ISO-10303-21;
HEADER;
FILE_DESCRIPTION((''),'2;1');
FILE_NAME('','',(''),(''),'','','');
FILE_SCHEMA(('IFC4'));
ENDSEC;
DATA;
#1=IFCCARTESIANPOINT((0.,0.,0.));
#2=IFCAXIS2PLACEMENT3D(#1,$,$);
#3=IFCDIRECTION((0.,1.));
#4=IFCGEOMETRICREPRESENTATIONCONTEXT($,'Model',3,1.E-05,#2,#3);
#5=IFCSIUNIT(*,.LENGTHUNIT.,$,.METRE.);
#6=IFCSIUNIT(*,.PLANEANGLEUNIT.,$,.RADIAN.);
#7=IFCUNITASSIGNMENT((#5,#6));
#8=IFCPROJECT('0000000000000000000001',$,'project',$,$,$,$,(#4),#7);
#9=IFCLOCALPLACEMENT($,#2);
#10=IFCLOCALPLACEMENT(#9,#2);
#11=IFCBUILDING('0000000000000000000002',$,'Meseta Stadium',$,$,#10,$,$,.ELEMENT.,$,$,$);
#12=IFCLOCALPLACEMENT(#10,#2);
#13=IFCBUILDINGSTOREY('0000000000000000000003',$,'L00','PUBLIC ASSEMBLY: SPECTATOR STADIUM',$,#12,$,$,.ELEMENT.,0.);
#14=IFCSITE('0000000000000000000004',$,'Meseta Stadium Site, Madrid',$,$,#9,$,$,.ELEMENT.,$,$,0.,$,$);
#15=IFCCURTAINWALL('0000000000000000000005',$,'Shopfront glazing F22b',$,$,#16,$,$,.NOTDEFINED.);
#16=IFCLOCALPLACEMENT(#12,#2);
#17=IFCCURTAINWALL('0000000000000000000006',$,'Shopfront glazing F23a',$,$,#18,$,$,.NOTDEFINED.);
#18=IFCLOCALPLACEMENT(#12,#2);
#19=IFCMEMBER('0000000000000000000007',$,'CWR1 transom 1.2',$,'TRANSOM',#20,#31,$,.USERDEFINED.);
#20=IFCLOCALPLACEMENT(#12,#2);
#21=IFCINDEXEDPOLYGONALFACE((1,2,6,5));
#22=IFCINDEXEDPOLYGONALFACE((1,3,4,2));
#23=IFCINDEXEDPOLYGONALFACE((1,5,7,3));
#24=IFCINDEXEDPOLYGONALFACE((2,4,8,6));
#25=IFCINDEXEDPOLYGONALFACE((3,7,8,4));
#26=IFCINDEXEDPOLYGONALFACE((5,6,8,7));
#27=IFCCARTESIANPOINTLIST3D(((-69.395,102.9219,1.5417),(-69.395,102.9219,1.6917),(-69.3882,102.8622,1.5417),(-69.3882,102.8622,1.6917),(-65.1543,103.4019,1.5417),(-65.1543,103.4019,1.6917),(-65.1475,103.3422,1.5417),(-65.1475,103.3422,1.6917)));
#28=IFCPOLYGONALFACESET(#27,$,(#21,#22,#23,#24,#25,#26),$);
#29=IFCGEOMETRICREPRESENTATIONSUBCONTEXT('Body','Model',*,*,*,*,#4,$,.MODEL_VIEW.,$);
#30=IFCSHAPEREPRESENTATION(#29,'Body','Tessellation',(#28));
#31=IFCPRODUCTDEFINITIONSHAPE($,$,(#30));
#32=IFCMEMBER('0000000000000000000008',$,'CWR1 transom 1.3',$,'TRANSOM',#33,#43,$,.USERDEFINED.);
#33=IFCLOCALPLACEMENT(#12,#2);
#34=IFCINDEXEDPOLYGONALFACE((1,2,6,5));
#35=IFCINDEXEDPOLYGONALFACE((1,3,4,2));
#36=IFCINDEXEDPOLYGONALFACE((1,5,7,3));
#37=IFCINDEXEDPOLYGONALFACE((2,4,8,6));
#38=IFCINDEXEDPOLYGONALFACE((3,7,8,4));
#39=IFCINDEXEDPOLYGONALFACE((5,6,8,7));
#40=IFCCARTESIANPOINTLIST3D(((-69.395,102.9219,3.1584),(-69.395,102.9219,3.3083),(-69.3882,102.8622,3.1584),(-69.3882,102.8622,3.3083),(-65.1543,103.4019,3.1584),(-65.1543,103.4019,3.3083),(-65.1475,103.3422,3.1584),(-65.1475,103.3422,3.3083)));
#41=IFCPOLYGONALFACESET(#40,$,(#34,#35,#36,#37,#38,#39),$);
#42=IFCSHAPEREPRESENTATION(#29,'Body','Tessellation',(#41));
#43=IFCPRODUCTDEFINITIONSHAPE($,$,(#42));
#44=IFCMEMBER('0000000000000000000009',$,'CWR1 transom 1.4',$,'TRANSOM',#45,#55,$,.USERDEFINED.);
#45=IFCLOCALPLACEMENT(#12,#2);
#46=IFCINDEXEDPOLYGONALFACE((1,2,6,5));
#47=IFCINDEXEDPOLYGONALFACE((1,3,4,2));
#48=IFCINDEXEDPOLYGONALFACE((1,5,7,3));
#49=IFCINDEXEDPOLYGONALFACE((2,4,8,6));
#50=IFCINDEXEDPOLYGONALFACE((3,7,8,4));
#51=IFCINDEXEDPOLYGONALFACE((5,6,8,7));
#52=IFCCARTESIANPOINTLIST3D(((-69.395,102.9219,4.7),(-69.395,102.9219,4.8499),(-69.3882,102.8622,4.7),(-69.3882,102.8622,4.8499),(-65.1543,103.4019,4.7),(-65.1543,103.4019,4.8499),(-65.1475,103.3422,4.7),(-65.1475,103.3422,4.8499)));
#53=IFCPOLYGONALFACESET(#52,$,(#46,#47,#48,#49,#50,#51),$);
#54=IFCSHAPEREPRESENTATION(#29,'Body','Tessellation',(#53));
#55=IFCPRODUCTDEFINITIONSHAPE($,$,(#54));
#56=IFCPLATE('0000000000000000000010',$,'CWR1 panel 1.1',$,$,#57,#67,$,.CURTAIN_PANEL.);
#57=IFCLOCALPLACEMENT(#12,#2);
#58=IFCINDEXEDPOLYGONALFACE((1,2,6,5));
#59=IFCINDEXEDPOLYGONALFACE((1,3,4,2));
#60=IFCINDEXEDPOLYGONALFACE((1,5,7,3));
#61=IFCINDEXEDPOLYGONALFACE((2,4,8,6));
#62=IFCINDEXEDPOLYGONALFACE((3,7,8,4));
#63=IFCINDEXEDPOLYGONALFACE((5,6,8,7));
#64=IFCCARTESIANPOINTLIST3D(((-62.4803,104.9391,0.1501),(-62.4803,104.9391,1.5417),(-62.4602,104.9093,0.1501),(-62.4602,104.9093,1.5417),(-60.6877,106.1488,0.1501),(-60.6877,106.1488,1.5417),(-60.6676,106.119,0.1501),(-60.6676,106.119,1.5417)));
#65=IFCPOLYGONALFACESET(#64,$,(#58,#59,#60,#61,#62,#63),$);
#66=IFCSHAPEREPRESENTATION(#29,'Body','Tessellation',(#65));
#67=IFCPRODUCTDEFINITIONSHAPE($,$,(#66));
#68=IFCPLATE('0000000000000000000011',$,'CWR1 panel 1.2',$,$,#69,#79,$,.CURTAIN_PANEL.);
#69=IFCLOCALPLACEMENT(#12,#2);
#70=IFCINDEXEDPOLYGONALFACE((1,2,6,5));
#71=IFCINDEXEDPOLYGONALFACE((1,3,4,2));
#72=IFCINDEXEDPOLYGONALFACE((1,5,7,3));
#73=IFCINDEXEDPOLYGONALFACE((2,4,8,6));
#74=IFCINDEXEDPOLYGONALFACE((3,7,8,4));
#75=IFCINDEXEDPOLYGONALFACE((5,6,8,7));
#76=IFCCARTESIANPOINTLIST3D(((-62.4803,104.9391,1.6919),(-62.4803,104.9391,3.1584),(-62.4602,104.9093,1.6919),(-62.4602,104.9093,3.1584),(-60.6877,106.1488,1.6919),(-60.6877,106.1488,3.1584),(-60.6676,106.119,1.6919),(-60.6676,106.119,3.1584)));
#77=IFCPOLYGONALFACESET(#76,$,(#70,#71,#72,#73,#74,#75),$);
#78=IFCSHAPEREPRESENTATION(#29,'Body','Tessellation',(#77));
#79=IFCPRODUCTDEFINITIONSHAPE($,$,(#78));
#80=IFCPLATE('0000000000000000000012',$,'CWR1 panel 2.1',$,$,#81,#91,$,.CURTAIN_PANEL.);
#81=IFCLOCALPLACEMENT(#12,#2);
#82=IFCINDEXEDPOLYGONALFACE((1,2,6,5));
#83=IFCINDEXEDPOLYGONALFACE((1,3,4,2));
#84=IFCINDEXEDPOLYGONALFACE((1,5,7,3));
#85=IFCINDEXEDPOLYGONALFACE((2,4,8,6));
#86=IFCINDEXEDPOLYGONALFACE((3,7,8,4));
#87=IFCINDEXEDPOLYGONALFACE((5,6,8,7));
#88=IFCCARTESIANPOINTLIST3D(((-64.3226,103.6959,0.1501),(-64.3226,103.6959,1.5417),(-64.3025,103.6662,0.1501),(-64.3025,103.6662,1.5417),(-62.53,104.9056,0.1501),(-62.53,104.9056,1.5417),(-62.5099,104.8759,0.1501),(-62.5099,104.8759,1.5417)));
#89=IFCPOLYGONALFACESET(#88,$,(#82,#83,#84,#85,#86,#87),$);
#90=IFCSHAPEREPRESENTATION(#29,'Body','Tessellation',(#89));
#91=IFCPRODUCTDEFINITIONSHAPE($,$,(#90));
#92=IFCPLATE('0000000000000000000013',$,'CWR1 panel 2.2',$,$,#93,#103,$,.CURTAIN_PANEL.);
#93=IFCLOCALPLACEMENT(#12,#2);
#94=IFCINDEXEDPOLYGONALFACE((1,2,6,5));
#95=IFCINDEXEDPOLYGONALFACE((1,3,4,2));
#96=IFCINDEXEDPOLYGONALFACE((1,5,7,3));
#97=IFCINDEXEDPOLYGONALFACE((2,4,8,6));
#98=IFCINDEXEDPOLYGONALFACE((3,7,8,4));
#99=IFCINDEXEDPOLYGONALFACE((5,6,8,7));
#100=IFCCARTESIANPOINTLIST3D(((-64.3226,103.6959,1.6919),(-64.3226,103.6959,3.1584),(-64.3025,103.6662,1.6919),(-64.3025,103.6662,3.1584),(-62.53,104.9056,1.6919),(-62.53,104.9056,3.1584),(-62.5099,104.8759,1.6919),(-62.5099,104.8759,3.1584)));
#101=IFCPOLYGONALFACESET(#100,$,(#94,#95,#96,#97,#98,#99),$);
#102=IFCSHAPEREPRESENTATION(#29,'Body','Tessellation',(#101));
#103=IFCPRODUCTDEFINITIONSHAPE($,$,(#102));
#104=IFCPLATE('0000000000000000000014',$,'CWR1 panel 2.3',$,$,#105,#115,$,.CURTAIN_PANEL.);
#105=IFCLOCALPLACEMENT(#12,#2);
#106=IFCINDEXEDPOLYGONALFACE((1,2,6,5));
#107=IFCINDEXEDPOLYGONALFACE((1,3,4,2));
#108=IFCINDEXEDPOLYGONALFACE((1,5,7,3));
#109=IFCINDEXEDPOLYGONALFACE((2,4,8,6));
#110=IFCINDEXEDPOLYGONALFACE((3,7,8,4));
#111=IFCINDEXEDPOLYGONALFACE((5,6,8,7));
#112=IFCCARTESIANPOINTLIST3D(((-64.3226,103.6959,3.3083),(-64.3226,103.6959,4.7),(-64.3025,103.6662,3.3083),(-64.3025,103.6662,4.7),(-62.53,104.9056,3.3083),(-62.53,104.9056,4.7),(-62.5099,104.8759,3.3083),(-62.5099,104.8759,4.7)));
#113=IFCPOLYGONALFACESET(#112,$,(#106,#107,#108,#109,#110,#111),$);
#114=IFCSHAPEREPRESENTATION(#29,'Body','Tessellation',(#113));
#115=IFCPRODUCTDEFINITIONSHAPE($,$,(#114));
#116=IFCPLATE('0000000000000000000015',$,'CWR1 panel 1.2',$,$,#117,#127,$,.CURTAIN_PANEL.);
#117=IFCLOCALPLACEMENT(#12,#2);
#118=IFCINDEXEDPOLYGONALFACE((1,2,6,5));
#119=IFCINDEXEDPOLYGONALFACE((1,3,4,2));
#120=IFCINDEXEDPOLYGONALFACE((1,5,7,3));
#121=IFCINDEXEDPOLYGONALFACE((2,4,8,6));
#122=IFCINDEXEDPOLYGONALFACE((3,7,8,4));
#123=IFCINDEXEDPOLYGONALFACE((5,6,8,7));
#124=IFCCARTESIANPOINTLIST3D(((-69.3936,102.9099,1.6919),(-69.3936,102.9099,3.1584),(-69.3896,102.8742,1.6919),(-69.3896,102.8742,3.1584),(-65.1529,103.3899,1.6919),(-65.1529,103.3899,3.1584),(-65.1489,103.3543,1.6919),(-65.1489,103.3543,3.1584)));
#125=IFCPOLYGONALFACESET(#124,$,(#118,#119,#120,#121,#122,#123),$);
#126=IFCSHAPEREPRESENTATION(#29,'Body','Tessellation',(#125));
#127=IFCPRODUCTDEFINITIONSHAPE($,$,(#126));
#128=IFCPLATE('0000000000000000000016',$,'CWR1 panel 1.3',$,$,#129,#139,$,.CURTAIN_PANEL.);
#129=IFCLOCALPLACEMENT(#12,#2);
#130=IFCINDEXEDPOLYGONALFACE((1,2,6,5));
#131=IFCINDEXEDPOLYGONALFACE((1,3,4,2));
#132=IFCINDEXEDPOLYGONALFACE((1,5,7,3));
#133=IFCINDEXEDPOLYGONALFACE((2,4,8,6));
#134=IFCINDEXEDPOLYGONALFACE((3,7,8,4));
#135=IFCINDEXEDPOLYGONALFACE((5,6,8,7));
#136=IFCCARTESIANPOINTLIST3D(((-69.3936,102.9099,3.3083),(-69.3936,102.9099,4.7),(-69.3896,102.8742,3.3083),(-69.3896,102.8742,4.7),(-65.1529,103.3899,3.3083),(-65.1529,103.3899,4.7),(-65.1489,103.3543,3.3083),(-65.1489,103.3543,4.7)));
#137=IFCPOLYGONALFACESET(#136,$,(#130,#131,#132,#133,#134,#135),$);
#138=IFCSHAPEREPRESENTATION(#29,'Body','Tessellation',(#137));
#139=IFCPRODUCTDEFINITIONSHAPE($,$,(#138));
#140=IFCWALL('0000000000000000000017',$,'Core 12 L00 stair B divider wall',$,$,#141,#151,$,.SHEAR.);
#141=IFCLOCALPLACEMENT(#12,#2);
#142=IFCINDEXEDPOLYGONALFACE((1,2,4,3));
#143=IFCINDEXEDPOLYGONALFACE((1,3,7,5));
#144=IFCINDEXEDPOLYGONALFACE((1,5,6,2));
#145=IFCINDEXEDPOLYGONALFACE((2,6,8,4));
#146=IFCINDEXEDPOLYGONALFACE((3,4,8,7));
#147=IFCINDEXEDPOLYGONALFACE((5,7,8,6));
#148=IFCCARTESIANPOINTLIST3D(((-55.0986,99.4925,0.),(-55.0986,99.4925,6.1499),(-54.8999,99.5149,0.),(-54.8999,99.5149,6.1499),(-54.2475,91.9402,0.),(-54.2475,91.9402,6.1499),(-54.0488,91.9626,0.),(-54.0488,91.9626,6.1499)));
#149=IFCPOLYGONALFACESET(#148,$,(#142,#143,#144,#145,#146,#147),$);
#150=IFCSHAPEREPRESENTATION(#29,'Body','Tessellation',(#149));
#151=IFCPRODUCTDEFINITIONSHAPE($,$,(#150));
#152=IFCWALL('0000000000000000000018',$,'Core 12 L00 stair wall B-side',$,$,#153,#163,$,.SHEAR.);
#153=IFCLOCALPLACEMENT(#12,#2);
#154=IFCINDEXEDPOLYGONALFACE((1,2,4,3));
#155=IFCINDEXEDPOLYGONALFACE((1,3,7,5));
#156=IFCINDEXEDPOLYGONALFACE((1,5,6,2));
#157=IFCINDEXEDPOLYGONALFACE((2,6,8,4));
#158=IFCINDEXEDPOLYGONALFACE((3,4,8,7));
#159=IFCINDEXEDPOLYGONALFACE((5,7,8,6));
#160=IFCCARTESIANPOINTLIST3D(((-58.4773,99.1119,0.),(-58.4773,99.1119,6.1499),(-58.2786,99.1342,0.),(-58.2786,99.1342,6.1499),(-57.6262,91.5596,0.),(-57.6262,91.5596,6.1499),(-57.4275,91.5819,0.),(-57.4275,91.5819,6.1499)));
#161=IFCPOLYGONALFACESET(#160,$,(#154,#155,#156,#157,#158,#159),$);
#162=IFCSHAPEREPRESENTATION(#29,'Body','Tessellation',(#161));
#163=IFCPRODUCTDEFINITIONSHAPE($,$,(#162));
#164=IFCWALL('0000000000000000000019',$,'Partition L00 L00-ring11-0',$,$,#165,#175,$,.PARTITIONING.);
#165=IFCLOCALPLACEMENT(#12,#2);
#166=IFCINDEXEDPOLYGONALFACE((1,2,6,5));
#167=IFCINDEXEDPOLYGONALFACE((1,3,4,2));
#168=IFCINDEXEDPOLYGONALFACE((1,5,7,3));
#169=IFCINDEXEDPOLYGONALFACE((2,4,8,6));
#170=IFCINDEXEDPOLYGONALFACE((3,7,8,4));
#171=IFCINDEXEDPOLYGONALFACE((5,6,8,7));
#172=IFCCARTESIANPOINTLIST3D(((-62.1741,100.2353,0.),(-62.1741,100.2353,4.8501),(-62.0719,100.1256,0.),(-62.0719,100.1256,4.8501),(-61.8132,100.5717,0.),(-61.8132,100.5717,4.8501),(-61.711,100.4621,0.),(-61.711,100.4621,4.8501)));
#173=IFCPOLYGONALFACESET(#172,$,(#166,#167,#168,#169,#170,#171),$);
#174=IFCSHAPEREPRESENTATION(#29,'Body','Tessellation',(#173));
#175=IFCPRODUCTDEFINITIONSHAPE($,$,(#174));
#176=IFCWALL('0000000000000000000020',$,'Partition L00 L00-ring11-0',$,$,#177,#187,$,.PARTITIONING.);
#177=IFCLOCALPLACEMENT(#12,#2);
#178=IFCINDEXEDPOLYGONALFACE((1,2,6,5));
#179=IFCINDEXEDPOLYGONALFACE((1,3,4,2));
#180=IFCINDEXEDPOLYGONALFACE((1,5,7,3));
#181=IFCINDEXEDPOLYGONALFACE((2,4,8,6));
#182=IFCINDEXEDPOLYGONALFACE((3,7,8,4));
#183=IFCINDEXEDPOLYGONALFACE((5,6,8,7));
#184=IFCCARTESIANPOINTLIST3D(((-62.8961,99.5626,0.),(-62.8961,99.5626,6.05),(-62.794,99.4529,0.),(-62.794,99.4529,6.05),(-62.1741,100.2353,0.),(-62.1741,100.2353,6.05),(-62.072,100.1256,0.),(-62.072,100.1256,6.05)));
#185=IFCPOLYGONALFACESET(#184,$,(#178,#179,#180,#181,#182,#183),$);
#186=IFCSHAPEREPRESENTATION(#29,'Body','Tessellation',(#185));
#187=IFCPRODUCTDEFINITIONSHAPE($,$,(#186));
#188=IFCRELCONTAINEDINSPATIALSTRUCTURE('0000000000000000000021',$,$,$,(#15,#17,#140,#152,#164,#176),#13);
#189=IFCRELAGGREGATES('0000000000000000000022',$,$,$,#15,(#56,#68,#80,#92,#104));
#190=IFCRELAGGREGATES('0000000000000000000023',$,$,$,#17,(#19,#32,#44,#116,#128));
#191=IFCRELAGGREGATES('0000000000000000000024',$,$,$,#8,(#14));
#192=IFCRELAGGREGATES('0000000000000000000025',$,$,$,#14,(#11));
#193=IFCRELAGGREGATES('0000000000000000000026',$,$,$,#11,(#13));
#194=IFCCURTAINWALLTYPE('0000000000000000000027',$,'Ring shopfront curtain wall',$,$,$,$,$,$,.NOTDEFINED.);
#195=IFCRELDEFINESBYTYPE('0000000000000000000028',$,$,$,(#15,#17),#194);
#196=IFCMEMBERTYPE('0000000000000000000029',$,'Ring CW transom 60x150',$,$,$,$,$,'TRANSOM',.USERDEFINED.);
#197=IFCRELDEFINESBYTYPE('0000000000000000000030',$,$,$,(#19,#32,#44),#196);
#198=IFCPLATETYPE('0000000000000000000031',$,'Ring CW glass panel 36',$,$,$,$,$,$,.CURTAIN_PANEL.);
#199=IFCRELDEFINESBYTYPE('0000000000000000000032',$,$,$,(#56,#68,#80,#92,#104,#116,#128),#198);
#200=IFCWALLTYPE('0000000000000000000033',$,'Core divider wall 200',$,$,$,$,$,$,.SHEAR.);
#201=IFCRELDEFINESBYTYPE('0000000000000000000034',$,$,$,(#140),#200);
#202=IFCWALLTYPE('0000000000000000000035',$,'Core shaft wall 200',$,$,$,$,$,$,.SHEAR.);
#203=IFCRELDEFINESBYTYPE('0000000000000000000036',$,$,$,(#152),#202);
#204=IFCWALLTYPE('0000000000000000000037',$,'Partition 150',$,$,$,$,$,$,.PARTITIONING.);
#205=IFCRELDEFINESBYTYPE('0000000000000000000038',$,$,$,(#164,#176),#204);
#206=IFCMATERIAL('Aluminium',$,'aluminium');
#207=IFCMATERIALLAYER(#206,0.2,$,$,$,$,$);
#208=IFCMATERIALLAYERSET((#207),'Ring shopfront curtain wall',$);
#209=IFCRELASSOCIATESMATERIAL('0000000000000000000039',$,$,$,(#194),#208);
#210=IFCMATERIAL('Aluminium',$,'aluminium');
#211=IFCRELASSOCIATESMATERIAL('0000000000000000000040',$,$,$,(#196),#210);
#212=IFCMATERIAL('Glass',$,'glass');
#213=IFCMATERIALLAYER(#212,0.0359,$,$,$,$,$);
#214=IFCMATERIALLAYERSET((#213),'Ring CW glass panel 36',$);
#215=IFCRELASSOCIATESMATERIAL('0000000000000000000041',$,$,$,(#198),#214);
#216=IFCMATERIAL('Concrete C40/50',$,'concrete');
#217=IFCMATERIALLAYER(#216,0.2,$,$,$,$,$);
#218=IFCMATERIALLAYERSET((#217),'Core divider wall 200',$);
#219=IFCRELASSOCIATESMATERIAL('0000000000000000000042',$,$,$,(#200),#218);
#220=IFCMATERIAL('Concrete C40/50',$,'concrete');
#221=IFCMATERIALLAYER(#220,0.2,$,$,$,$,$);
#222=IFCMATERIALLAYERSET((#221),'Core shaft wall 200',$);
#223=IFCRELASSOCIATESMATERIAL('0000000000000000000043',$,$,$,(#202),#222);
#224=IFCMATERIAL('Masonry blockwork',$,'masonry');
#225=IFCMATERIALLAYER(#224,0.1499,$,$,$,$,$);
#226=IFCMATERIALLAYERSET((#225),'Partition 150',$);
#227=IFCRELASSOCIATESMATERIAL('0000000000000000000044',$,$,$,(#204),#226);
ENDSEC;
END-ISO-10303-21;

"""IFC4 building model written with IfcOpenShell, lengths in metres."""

from ifc_helpers import new_model, si_unit, direction, frame, frame_2d, origin, origin_2d, place, context, subcontext, project, spatial, rectangle, extrude, material, layer, layer_set, material_profile, profile_set, type_object, element, aggregate, save


model = new_model("IFC4")

# Units and contexts
model_context = context("Model", 3, precision=1e-05, world=origin(), true_north=direction((0.0, 1.0)))
body_context = subcontext(model_context, "Body", "Model", "MODEL_VIEW")
ifc_project = project(units=[si_unit("LENGTHUNIT", "METRE"), si_unit("PLANEANGLEUNIT", "RADIAN")], contexts=[model_context])

# Site, building, storey
site_placement = place(None, origin())
site = spatial("IfcSite", under=ifc_project, at=site_placement, Name="Meseta Stadium Site, Madrid", CompositionType="ELEMENT", RefElevation=0.0)
building_placement = place(site_placement, origin())
building = spatial("IfcBuilding", under=site, at=building_placement, Name="Meseta Stadium", CompositionType="ELEMENT")
storey_placement = place(building_placement, origin())
storey = spatial("IfcBuildingStorey", under=building, at=storey_placement, Name="L00", Description="PUBLIC ASSEMBLY: SPECTATOR STADIUM", CompositionType="ELEMENT", Elevation=0.0)

# Curtain wall
ifc_material_1 = material(Name="Aluminium", Category="aluminium")
ifc_layer_1 = layer(ifc_material_1, 0.2)
ifc_layer_set_1 = layer_set([ifc_layer_1], Name="Ring shopfront curtain wall")
curtain_wall_type = type_object("IfcCurtainWallType", Name="Ring shopfront curtain wall", PredefinedType="NOTDEFINED", material=ifc_layer_set_1)
curtain_wall_1_placement = place(storey_placement, origin())
curtain_wall_1 = element("IfcCurtainWall", 1, at=curtain_wall_1_placement, inside=storey, type_object=curtain_wall_type, Name="Shopfront glazing F22b", PredefinedType="NOTDEFINED")

# Curtain wall
curtain_wall_2_placement = place(storey_placement, origin())
curtain_wall_2 = element("IfcCurtainWall", 2, at=curtain_wall_2_placement, inside=storey, type_object=curtain_wall_type, Name="Shopfront glazing F23a", PredefinedType="NOTDEFINED")

# Members
ifc_material_2 = material(Name="Aluminium", Category="aluminium")
ifc_material_profile_1 = material_profile(ifc_material_2, rectangle(XDim=0.0601, YDim=0.1499, at=origin_2d()), Name="CW 60x150")
ifc_profile_set_1 = profile_set([ifc_material_profile_1], Name="Aluminium")
member_type_1 = type_object("IfcMemberType", Name="Ring CW transom 60x150", ElementType="TRANSOM", PredefinedType="USERDEFINED", material=ifc_profile_set_1)
member_1_placement = place(storey_placement, frame((-65.1509, 103.3721, 1.6167), z_axis=(-0.993656, -0.112466, 0.0), x_axis=(0.112466, -0.993656, 0.0)))
member_1 = element("IfcMember", 3, at=member_1_placement, type_object=member_type_1, Name="CWR1 transom 1.2", ObjectType="TRANSOM", PredefinedType="USERDEFINED", context=body_context, shape_type="SweptSolid", body=[
    extrude(rectangle(XDim=0.0601, YDim=0.1499, at=origin_2d()), origin(), (0.0, 0.0, 1.0), 4.2678),
])
member_2_placement = place(storey_placement, frame((-65.1509, 103.3721, 3.2334), z_axis=(-0.993656, -0.112466, 0.0), x_axis=(0.112466, -0.993656, 0.0)))
member_2 = element("IfcMember", 4, at=member_2_placement, type_object=member_type_1, Name="CWR1 transom 1.3", ObjectType="TRANSOM", PredefinedType="USERDEFINED", context=body_context, shape_type="SweptSolid", body=[
    extrude(rectangle(XDim=0.0601, YDim=0.1499, at=origin_2d()), origin(), (0.0, 0.0, 1.0), 4.2678),
])
member_3_placement = place(storey_placement, frame((-65.1509, 103.3721, 4.7749), z_axis=(-0.993656, -0.112466, 0.0), x_axis=(0.112466, -0.993656, 0.0)))
member_3 = element("IfcMember", 5, at=member_3_placement, type_object=member_type_1, Name="CWR1 transom 1.4", ObjectType="TRANSOM", PredefinedType="USERDEFINED", context=body_context, shape_type="SweptSolid", body=[
    extrude(rectangle(XDim=0.0601, YDim=0.1499, at=origin_2d()), origin(), (0.0, 0.0, 1.0), 4.2678),
])

# Plates
ifc_material_3 = material(Name="Glass", Category="glass")
ifc_layer_2 = layer(ifc_material_3, 0.0359)
ifc_layer_set_2 = layer_set([ifc_layer_2], Name="Ring CW glass panel 36")
plate_type = type_object("IfcPlateType", Name="Ring CW glass panel 36", PredefinedType="CURTAIN_PANEL", material=ifc_layer_set_2)
plate_1_placement = place(storey_placement, frame((-61.574, 105.5291, 0.1501), z_axis=(0.0, 0.0, 1.0), x_axis=(-0.828909, -0.559384, 0.0)))
plate_1 = element("IfcPlate", 6, at=plate_1_placement, type_object=plate_type, Name="CWR1 panel 1.1", PredefinedType="CURTAIN_PANEL", context=body_context, shape_type="SweptSolid", body=[
    extrude(rectangle(XDim=2.1626, YDim=0.0359, at=origin_2d()), origin(), (0.0, 0.0, 1.0), 1.3916),
])
plate_2_placement = place(storey_placement, frame((-61.574, 105.5291, 1.6919), z_axis=(0.0, 0.0, 1.0), x_axis=(-0.828909, -0.559384, 0.0)))
plate_2 = element("IfcPlate", 7, at=plate_2_placement, type_object=plate_type, Name="CWR1 panel 1.2", PredefinedType="CURTAIN_PANEL", context=body_context, shape_type="SweptSolid", body=[
    extrude(rectangle(XDim=2.1626, YDim=0.0359, at=origin_2d()), origin(), (0.0, 0.0, 1.0), 1.4666),
])
plate_3_placement = place(storey_placement, frame((-63.4163, 104.2859, 0.1501), z_axis=(0.0, 0.0, 1.0), x_axis=(-0.828909, -0.559384, 0.0)))
plate_3 = element("IfcPlate", 8, at=plate_3_placement, type_object=plate_type, Name="CWR1 panel 2.1", PredefinedType="CURTAIN_PANEL", context=body_context, shape_type="SweptSolid", body=[
    extrude(rectangle(XDim=2.1626, YDim=0.0359, at=origin_2d()), origin(), (0.0, 0.0, 1.0), 1.3916),
])
plate_4_placement = place(storey_placement, frame((-63.4163, 104.2859, 1.6919), z_axis=(0.0, 0.0, 1.0), x_axis=(-0.828909, -0.559384, 0.0)))
plate_4 = element("IfcPlate", 9, at=plate_4_placement, type_object=plate_type, Name="CWR1 panel 2.2", PredefinedType="CURTAIN_PANEL", context=body_context, shape_type="SweptSolid", body=[
    extrude(rectangle(XDim=2.1626, YDim=0.0359, at=origin_2d()), origin(), (0.0, 0.0, 1.0), 1.4666),
])
plate_5_placement = place(storey_placement, frame((-63.4163, 104.2859, 3.3083), z_axis=(0.0, 0.0, 1.0), x_axis=(-0.828909, -0.559384, 0.0)))
plate_5 = element("IfcPlate", 10, at=plate_5_placement, type_object=plate_type, Name="CWR1 panel 2.3", PredefinedType="CURTAIN_PANEL", context=body_context, shape_type="SweptSolid", body=[
    extrude(rectangle(XDim=2.1626, YDim=0.0359, at=origin_2d()), origin(), (0.0, 0.0, 1.0), 1.3916),
])
aggregate(curtain_wall_1, [plate_1, plate_2, plate_3, plate_4, plate_5])
plate_6_placement = place(storey_placement, frame((-67.2712, 103.1321, 1.6919), z_axis=(0.0, 0.0, 1.0), x_axis=(-0.993655, -0.112472, 0.0)))
plate_6 = element("IfcPlate", 11, at=plate_6_placement, type_object=plate_type, Name="CWR1 panel 1.2", PredefinedType="CURTAIN_PANEL", context=body_context, shape_type="SweptSolid", body=[
    extrude(rectangle(XDim=4.2678, YDim=0.0359, at=origin_2d()), origin(), (0.0, 0.0, 1.0), 1.4666),
])
plate_7_placement = place(storey_placement, frame((-67.2712, 103.1321, 3.3083), z_axis=(0.0, 0.0, 1.0), x_axis=(-0.993655, -0.112472, 0.0)))
plate_7 = element("IfcPlate", 12, at=plate_7_placement, type_object=plate_type, Name="CWR1 panel 1.3", PredefinedType="CURTAIN_PANEL", context=body_context, shape_type="SweptSolid", body=[
    extrude(rectangle(XDim=4.2678, YDim=0.0359, at=origin_2d()), origin(), (0.0, 0.0, 1.0), 1.3916),
])
aggregate(curtain_wall_2, [member_1, member_2, member_3, plate_6, plate_7])

# Walls
ifc_material_4 = material(Name="Concrete C40/50", Category="concrete")
ifc_layer_3 = layer(ifc_material_4, 0.2)
ifc_layer_set_3 = layer_set([ifc_layer_3], Name="Core divider wall 200")
wall_type_1 = type_object("IfcWallType", Name="Core divider wall 200", PredefinedType="SHEAR", material=ifc_layer_set_3)
wall_1_placement = place(storey_placement, frame((-54.9993, 99.5037, 0.0), z_axis=(0.0, 0.0, 1.0), x_axis=(0.111983, -0.99371, 0.0)))
element("IfcWall", 13, at=wall_1_placement, inside=storey, type_object=wall_type_1, Name="Core 12 L00 stair B divider wall", PredefinedType="SHEAR", context=body_context, shape_type="SweptSolid", body=[
    extrude(rectangle(XDim=7.6001, YDim=0.2, at=frame_2d((3.8, 0.0))), origin(), (0.0, 0.0, 1.0), 6.1499),
])
ifc_material_5 = material(Name="Concrete C40/50", Category="concrete")
ifc_layer_4 = layer(ifc_material_5, 0.2)
ifc_layer_set_4 = layer_set([ifc_layer_4], Name="Core shaft wall 200")
wall_type_2 = type_object("IfcWallType", Name="Core shaft wall 200", PredefinedType="SHEAR", material=ifc_layer_set_4)
wall_2_placement = place(storey_placement, frame((-58.3779, 99.123, 0.0), z_axis=(0.0, 0.0, 1.0), x_axis=(0.111983, -0.99371, 0.0)))
element("IfcWall", 14, at=wall_2_placement, inside=storey, type_object=wall_type_2, Name="Core 12 L00 stair wall B-side", PredefinedType="SHEAR", context=body_context, shape_type="SweptSolid", body=[
    extrude(rectangle(XDim=7.6001, YDim=0.2, at=frame_2d((3.8, 0.0))), origin(), (0.0, 0.0, 1.0), 6.1499),
])
ifc_material_6 = material(Name="Masonry blockwork", Category="masonry")
ifc_layer_5 = layer(ifc_material_6, 0.1499)
ifc_layer_set_5 = layer_set([ifc_layer_5], Name="Partition 150")
wall_type_3 = type_object("IfcWallType", Name="Partition 150", PredefinedType="PARTITIONING", material=ifc_layer_set_5)
wall_3_placement = place(storey_placement, frame((-61.7622, 100.5168, 0.0), z_axis=(0.0, 0.0, 1.0), x_axis=(-0.731417, -0.68193, 0.0)))
element("IfcWall", 15, at=wall_3_placement, inside=storey, type_object=wall_type_3, Name="Partition L00 L00-ring11-0", PredefinedType="PARTITIONING", context=body_context, shape_type="SweptSolid", body=[
    extrude(rectangle(XDim=0.4934, YDim=0.1499, at=frame_2d((0.2466, 0.0))), origin(), (0.0, 0.0, 1.0), 4.8501),
])
wall_4_placement = place(storey_placement, frame((-62.123, 100.1804, 0.0), z_axis=(0.0, 0.0, 1.0), x_axis=(-0.731656, -0.681674, 0.0)))
element("IfcWall", 16, at=wall_4_placement, inside=storey, type_object=wall_type_3, Name="Partition L00 L00-ring11-0", PredefinedType="PARTITIONING", context=body_context, shape_type="SweptSolid", body=[
    extrude(rectangle(XDim=0.9868, YDim=0.1499, at=frame_2d((0.4934, 0.0))), origin(), (0.0, 0.0, 1.0), 6.05),
])

save(model, "model.ifc")
